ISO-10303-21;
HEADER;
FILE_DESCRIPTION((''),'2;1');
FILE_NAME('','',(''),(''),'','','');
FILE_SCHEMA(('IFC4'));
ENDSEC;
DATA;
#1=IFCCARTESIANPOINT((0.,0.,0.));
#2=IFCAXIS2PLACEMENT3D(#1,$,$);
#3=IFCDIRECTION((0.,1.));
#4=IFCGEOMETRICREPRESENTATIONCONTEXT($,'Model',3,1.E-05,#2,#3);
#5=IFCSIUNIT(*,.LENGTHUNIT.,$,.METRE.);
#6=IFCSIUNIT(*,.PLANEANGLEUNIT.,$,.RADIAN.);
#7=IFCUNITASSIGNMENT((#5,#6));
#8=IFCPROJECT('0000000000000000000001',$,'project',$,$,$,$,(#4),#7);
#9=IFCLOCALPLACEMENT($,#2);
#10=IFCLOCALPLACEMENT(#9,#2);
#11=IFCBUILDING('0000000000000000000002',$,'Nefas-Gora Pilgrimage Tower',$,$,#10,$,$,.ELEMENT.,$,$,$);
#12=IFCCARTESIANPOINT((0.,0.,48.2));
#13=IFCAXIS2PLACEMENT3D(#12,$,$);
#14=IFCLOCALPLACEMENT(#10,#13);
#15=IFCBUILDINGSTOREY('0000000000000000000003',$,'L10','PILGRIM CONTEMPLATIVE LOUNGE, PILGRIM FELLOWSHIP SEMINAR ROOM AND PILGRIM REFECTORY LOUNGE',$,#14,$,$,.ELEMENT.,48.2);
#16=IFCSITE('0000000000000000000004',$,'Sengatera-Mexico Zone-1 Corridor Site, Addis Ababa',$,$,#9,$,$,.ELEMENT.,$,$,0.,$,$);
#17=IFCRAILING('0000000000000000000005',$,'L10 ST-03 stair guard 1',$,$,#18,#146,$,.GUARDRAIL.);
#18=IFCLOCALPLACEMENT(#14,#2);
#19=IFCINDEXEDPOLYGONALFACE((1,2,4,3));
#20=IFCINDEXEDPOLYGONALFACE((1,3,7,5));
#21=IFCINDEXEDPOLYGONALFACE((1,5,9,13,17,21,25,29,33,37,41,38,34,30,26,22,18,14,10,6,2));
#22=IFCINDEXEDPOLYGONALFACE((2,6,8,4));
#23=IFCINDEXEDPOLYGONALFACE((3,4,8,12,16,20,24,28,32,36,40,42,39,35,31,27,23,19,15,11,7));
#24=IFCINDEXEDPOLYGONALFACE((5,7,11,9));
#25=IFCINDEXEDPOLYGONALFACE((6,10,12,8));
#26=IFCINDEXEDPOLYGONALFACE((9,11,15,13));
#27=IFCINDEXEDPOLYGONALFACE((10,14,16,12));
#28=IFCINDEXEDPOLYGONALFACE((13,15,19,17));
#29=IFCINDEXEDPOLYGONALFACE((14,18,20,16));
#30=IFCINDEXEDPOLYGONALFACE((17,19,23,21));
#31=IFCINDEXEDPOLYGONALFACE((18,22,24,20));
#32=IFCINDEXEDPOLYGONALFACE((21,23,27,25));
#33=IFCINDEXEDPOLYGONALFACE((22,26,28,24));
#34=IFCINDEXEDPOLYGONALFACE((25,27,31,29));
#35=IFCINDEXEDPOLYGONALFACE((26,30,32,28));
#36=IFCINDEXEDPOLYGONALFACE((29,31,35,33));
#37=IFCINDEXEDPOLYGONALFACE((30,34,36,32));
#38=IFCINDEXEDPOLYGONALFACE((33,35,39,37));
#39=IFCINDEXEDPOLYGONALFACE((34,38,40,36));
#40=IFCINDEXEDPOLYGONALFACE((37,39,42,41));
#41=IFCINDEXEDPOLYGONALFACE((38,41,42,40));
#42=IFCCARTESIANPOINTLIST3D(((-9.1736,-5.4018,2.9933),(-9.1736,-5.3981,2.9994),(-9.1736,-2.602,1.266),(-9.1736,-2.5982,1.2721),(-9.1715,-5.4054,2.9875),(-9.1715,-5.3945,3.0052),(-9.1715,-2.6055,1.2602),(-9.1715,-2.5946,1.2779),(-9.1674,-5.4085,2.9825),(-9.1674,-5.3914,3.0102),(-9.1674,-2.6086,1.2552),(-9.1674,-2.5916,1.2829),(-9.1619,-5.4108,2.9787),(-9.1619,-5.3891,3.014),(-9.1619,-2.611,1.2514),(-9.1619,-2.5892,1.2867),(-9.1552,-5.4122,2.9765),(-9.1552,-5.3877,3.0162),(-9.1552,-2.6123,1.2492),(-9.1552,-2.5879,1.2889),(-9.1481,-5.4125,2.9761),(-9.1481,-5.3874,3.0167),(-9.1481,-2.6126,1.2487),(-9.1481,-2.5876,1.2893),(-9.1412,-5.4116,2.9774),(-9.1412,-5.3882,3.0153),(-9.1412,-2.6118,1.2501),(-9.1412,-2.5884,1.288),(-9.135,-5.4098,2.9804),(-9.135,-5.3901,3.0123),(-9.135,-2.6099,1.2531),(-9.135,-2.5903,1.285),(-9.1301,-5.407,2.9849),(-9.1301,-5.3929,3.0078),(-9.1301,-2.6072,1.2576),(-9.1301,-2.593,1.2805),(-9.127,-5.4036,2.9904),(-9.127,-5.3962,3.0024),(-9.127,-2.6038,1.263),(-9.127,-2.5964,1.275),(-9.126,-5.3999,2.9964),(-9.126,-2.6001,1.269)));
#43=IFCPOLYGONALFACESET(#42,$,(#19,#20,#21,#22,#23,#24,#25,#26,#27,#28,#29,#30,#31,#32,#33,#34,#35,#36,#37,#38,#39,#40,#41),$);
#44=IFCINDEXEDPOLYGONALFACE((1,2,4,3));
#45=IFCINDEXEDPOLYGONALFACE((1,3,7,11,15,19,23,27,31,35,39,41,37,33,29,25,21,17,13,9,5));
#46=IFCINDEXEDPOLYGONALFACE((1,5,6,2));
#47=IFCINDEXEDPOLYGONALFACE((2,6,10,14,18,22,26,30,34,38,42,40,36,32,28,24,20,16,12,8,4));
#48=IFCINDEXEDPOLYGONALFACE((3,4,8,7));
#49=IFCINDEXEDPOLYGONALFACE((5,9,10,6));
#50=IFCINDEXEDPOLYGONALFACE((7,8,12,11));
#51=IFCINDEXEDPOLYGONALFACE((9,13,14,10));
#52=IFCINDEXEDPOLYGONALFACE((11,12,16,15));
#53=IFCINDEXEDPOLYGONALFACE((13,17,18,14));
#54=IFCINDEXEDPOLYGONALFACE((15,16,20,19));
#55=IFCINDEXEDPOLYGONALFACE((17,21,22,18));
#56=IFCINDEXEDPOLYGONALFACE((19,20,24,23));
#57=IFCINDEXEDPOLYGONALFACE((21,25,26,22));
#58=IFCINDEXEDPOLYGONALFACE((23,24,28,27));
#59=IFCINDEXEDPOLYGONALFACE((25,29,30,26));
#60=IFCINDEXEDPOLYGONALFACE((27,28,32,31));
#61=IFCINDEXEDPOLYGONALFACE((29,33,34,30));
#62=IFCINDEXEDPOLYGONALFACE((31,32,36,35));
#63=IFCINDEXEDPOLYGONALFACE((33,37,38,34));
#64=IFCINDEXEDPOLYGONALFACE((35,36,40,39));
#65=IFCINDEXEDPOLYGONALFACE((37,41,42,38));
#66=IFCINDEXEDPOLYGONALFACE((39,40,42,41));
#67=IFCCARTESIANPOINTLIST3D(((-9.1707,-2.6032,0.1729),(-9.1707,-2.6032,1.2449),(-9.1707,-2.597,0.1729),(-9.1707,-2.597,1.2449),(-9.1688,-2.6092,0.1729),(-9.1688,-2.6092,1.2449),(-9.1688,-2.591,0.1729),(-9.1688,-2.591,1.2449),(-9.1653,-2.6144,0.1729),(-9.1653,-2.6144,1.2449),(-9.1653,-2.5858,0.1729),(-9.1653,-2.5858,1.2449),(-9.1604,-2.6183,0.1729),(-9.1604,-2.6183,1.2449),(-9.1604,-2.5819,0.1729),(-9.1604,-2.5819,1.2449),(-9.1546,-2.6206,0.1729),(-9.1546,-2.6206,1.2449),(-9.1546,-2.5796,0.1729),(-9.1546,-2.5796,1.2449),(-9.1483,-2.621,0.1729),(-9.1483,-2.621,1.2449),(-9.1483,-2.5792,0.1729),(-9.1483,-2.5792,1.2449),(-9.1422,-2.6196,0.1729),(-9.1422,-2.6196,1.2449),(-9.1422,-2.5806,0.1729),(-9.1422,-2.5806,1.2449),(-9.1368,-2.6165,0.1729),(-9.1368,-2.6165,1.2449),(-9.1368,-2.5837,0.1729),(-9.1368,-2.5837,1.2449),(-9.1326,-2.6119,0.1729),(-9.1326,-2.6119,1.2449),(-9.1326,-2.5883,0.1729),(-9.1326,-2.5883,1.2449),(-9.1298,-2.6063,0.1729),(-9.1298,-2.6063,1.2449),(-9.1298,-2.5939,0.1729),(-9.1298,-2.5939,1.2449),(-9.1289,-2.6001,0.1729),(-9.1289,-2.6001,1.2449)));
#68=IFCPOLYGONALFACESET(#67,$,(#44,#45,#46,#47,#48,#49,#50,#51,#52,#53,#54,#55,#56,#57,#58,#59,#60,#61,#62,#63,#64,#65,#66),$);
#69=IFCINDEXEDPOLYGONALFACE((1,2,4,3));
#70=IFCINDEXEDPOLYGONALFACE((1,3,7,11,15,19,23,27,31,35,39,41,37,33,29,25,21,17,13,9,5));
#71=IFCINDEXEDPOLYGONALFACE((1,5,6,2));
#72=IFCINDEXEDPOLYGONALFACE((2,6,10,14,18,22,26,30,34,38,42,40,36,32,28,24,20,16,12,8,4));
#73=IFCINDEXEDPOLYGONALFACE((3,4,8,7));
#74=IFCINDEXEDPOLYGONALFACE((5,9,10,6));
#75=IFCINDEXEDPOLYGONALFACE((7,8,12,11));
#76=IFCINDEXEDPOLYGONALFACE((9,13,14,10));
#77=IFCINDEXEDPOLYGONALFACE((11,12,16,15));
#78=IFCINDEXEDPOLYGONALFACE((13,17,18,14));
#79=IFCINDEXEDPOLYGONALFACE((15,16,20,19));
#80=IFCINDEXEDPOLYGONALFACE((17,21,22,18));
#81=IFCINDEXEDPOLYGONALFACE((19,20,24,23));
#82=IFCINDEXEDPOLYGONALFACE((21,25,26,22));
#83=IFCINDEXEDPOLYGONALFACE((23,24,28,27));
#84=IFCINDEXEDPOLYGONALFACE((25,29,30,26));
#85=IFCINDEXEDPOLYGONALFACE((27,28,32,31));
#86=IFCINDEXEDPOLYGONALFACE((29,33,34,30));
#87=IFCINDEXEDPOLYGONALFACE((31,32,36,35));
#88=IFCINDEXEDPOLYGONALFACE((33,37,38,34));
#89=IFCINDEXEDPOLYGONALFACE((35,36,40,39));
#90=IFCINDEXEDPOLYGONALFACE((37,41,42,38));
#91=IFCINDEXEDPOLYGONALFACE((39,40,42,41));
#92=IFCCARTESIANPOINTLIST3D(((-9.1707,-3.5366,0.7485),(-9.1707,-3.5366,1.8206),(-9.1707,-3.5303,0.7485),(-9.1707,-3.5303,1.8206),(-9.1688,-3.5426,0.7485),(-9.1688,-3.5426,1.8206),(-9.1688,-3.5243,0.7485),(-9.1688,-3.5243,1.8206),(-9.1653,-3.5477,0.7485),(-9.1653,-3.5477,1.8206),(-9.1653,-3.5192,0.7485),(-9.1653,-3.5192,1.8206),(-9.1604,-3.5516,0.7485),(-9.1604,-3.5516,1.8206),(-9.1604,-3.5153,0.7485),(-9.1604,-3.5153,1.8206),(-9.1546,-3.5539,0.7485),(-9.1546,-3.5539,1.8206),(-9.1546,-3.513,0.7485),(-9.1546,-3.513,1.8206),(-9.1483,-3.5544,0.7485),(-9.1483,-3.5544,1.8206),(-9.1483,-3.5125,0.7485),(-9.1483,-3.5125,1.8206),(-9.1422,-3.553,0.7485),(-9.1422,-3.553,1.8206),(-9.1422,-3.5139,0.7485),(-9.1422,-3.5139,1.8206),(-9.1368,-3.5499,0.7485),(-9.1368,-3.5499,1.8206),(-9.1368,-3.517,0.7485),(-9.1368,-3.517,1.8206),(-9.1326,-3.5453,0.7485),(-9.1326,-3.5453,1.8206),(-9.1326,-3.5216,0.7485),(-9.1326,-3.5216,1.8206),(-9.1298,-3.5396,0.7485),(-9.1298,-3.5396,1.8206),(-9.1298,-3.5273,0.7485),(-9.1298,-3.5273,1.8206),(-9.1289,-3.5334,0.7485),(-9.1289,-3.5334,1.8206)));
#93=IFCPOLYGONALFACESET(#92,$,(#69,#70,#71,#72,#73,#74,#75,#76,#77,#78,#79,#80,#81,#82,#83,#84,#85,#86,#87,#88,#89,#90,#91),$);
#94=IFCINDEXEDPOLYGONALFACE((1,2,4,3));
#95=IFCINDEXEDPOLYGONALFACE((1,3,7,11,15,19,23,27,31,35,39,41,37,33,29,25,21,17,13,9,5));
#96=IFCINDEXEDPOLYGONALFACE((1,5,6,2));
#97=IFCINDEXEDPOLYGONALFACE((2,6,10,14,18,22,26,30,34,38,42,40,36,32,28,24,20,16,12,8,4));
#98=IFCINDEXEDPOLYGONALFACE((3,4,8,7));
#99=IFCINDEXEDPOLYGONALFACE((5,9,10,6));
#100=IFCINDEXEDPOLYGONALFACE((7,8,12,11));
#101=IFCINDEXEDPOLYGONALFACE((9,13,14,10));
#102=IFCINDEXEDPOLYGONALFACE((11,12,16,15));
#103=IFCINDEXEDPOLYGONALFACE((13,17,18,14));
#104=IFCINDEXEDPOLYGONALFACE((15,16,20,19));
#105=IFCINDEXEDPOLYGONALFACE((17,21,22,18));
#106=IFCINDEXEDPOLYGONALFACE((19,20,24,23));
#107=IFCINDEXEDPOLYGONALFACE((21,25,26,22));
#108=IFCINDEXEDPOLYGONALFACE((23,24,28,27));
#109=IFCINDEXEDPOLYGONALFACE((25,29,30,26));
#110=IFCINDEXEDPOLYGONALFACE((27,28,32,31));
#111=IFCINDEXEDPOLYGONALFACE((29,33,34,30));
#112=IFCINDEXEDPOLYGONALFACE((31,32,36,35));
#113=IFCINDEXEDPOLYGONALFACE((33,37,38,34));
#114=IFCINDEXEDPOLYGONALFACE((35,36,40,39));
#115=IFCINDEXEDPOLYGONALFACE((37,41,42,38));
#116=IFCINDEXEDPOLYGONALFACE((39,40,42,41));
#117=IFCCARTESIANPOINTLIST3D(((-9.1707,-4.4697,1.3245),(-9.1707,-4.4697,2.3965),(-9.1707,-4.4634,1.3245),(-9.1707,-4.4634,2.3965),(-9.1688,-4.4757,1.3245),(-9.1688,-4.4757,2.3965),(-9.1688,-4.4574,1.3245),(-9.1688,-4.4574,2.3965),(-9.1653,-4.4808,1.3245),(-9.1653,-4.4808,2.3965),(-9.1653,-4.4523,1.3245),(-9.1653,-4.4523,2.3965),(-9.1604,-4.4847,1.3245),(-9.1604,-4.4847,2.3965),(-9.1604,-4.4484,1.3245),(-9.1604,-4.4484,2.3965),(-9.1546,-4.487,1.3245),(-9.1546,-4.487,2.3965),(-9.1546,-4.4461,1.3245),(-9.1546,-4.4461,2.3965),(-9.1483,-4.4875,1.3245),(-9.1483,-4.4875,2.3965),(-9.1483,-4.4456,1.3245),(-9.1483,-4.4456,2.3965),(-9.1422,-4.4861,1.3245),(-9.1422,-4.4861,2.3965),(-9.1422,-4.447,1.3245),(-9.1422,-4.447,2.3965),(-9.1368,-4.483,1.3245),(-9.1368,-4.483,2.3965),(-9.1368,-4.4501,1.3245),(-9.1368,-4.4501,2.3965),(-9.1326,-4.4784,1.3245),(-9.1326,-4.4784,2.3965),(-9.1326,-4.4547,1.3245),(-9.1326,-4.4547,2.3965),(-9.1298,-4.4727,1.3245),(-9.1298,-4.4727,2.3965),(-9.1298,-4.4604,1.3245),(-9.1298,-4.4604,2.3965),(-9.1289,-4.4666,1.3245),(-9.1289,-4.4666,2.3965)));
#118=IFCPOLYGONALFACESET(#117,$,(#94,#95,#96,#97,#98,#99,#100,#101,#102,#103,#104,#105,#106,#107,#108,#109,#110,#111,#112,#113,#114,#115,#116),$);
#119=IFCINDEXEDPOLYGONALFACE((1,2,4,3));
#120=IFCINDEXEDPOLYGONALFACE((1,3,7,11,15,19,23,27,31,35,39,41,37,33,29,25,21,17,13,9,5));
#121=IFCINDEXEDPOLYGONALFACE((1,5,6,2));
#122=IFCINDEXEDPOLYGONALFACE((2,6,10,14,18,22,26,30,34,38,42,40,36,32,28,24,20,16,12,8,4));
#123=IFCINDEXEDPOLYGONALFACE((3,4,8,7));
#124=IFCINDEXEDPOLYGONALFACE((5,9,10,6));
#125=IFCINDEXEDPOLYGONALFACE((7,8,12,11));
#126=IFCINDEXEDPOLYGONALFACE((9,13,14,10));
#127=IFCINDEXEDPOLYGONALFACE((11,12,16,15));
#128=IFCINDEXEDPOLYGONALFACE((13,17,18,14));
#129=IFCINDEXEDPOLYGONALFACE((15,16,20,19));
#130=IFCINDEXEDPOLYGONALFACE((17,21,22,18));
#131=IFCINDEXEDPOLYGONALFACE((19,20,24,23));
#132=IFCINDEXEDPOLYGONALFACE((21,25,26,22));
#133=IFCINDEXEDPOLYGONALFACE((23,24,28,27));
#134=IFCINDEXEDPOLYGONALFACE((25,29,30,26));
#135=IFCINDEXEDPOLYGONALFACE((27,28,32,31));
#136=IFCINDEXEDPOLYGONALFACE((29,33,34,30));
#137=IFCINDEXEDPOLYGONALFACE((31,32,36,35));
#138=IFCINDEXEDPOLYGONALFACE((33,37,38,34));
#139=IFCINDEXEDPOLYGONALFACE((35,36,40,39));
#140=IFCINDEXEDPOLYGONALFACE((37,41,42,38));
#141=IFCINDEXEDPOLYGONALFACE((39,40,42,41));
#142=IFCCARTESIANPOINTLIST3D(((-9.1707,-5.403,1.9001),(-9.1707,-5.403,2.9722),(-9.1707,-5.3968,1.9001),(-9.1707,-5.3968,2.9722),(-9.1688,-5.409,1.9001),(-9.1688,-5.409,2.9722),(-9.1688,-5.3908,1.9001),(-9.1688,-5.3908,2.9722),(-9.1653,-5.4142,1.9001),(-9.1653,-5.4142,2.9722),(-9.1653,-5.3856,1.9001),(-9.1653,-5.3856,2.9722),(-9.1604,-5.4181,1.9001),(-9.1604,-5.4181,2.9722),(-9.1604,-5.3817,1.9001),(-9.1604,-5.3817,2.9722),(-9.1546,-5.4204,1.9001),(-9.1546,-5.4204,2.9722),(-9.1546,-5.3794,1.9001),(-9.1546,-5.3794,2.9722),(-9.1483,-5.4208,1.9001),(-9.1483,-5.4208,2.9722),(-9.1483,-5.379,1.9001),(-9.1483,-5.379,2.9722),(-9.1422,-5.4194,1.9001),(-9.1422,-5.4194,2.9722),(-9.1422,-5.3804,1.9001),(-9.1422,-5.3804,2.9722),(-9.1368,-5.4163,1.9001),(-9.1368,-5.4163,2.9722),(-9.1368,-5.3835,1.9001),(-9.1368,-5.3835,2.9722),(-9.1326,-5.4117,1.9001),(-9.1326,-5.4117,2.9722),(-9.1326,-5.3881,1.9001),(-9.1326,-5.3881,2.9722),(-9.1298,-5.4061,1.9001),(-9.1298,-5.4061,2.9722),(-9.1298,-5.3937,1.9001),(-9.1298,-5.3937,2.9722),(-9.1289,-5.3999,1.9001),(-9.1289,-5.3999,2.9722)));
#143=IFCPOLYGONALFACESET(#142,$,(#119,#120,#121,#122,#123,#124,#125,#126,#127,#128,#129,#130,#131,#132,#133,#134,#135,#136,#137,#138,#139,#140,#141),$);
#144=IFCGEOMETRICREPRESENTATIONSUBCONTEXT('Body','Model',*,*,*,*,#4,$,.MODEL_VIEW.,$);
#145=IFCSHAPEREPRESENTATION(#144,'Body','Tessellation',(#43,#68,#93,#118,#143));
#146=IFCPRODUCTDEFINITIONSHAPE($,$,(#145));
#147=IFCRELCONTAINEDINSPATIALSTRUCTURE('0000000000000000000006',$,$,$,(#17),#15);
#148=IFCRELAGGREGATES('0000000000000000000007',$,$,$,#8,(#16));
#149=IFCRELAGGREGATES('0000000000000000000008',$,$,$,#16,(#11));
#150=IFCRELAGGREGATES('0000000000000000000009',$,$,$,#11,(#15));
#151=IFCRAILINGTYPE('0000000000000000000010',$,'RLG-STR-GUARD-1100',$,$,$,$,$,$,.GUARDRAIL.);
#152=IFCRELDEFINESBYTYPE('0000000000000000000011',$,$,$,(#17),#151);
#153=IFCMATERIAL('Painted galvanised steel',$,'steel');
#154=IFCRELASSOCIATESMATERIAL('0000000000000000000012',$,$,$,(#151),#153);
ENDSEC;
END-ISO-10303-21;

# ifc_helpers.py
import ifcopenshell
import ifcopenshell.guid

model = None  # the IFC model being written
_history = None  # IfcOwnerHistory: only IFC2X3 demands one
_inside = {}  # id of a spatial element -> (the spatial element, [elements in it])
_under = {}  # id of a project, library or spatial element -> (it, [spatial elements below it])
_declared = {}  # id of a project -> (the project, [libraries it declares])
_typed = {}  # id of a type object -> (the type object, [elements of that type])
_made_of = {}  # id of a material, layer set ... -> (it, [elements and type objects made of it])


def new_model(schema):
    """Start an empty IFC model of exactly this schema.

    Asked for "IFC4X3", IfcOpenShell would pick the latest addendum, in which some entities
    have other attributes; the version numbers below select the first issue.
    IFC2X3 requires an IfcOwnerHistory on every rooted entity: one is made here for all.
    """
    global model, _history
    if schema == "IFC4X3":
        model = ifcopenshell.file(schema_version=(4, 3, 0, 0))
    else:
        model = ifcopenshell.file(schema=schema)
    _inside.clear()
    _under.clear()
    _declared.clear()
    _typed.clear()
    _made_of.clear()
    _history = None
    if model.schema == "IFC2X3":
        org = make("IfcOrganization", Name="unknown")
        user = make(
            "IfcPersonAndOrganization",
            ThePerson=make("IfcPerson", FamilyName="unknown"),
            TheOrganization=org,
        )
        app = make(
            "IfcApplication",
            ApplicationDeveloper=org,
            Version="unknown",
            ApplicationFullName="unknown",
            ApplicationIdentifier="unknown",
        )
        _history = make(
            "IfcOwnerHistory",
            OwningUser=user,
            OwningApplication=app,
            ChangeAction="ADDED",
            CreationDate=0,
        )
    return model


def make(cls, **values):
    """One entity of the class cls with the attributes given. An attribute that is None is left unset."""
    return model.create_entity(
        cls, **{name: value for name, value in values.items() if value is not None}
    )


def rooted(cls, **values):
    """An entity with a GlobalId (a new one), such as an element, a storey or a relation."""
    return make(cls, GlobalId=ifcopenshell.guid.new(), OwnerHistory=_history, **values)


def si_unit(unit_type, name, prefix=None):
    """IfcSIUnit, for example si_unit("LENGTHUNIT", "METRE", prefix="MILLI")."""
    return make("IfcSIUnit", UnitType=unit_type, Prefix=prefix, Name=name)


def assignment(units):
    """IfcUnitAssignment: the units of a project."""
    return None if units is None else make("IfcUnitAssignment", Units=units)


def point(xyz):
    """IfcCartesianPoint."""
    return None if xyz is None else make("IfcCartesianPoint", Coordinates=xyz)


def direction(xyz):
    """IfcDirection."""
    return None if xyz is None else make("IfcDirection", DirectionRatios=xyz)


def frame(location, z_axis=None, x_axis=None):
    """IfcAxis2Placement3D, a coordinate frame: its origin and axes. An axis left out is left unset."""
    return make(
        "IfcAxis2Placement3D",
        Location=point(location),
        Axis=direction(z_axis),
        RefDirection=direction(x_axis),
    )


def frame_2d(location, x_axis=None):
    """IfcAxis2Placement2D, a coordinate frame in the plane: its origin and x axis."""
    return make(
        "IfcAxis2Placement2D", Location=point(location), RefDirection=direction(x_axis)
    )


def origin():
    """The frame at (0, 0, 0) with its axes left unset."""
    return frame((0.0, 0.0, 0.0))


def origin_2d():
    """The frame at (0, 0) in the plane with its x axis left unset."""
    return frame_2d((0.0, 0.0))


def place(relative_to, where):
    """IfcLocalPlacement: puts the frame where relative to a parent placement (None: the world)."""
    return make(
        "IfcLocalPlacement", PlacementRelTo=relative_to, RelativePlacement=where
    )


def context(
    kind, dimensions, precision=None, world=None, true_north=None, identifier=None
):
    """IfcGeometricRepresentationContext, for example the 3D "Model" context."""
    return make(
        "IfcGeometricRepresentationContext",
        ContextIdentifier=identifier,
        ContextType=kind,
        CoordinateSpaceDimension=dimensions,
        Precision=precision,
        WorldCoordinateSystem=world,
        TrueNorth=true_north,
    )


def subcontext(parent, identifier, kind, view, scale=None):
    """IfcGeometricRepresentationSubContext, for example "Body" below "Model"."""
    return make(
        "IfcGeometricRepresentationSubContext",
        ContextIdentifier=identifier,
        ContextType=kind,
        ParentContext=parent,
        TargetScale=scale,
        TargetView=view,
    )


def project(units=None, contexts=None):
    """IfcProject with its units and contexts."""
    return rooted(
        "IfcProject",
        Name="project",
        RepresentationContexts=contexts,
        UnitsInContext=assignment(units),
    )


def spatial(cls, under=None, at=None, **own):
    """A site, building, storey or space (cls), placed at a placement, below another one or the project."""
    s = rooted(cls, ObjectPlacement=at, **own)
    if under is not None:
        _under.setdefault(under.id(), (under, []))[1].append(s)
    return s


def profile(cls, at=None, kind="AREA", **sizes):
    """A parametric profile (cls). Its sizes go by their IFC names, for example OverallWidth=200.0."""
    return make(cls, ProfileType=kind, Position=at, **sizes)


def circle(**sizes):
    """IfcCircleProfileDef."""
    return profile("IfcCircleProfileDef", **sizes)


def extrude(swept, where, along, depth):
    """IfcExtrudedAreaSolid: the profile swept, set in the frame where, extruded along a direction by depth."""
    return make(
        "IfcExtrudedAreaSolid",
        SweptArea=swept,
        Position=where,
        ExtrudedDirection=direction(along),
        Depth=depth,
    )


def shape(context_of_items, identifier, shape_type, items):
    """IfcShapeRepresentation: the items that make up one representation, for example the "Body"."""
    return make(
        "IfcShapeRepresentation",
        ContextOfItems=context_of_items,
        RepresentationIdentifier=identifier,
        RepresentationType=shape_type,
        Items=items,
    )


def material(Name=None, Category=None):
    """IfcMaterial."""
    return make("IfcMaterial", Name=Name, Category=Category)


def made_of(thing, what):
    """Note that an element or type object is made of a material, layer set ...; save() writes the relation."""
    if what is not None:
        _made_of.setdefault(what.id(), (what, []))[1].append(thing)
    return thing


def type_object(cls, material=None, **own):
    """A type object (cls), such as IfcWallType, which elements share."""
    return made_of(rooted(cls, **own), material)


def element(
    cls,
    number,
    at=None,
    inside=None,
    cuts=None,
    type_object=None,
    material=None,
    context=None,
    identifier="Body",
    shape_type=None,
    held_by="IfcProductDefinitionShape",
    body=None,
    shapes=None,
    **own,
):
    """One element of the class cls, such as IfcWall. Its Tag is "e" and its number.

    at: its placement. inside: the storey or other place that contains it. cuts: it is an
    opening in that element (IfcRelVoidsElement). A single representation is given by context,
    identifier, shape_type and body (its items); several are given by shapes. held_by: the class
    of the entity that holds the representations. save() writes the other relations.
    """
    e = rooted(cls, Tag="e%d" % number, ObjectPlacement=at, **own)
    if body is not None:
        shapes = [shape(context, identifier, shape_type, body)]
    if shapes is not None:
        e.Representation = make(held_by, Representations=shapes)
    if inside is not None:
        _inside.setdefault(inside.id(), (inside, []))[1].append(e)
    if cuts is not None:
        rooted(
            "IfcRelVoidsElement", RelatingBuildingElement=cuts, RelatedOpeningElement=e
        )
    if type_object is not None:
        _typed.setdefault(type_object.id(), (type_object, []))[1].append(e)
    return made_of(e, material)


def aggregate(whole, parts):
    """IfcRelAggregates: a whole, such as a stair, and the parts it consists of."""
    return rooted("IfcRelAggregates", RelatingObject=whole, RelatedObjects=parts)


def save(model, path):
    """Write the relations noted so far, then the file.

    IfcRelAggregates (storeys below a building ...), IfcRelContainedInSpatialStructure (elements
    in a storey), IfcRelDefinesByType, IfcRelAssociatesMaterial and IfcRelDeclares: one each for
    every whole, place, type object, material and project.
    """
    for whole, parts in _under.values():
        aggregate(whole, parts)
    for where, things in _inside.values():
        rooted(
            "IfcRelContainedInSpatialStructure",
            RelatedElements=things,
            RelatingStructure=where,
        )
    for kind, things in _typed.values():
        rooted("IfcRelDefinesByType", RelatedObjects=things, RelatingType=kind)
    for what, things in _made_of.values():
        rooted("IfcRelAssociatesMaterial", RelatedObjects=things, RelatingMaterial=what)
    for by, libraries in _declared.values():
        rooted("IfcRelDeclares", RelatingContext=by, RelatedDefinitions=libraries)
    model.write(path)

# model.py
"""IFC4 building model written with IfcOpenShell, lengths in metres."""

from ifc_helpers import new_model, si_unit, direction, frame, origin, origin_2d, place, context, subcontext, project, spatial, circle, extrude, material, type_object, element, save


model = new_model("IFC4")

# Units and contexts
model_context = context("Model", 3, precision=1e-05, world=origin(), true_north=direction((0.0, 1.0)))
body_context = subcontext(model_context, "Body", "Model", "MODEL_VIEW")
ifc_project = project(units=[si_unit("LENGTHUNIT", "METRE"), si_unit("PLANEANGLEUNIT", "RADIAN")], contexts=[model_context])

# Site, building, storey
site_placement = place(None, origin())
site = spatial("IfcSite", under=ifc_project, at=site_placement, Name="Sengatera-Mexico Zone-1 Corridor Site, Addis Ababa", CompositionType="ELEMENT", RefElevation=0.0)
building_placement = place(site_placement, origin())
building = spatial("IfcBuilding", under=site, at=building_placement, Name="Nefas-Gora Pilgrimage Tower", CompositionType="ELEMENT")
storey_placement = place(building_placement, frame((0.0, 0.0, 48.2)))
storey = spatial("IfcBuildingStorey", under=building, at=storey_placement, Name="L10", Description="PILGRIM CONTEMPLATIVE LOUNGE, PILGRIM FELLOWSHIP SEMINAR ROOM AND PILGRIM REFECTORY LOUNGE", CompositionType="ELEMENT", Elevation=48.2)

# Railing
ifc_material_1 = material(Name="Painted galvanised steel", Category="steel")
railing_type_1 = type_object("IfcRailingType", Name="RLG-STR-GUARD-1100", PredefinedType="GUARDRAIL", material=ifc_material_1)
railing_1_placement = place(storey_placement, frame((-9.1499, -2.6001, 0.1729)))
element("IfcRailing", 1, at=railing_1_placement, inside=storey, type_object=railing_type_1, Name="L10 ST-03 stair guard 1", PredefinedType="GUARDRAIL", context=body_context, shape_type="SweptSolid", body=[
    extrude(circle(Radius=0.0239, at=origin_2d()), frame((0.0, 0.0, 1.0962), z_axis=(0.0, -0.851069, 0.525054), x_axis=(1.0, 0.0, 0.0)), (0.0, 0.0, 1.0), 3.2898),
    extrude(circle(Radius=0.021, at=origin_2d()), origin(), (0.0, 0.0, 1.0), 1.072),
    extrude(circle(Radius=0.021, at=origin_2d()), frame((0.0, -0.9333, 0.5757)), (0.0, 0.0, 1.0), 1.072),
    extrude(circle(Radius=0.021, at=origin_2d()), frame((0.0, -1.8665, 1.1516)), (0.0, 0.0, 1.0), 1.072),
    extrude(circle(Radius=0.021, at=origin_2d()), frame((0.0, -2.7998, 1.7273)), (0.0, 0.0, 1.0), 1.072),
])

save(model, "model.ifc")
